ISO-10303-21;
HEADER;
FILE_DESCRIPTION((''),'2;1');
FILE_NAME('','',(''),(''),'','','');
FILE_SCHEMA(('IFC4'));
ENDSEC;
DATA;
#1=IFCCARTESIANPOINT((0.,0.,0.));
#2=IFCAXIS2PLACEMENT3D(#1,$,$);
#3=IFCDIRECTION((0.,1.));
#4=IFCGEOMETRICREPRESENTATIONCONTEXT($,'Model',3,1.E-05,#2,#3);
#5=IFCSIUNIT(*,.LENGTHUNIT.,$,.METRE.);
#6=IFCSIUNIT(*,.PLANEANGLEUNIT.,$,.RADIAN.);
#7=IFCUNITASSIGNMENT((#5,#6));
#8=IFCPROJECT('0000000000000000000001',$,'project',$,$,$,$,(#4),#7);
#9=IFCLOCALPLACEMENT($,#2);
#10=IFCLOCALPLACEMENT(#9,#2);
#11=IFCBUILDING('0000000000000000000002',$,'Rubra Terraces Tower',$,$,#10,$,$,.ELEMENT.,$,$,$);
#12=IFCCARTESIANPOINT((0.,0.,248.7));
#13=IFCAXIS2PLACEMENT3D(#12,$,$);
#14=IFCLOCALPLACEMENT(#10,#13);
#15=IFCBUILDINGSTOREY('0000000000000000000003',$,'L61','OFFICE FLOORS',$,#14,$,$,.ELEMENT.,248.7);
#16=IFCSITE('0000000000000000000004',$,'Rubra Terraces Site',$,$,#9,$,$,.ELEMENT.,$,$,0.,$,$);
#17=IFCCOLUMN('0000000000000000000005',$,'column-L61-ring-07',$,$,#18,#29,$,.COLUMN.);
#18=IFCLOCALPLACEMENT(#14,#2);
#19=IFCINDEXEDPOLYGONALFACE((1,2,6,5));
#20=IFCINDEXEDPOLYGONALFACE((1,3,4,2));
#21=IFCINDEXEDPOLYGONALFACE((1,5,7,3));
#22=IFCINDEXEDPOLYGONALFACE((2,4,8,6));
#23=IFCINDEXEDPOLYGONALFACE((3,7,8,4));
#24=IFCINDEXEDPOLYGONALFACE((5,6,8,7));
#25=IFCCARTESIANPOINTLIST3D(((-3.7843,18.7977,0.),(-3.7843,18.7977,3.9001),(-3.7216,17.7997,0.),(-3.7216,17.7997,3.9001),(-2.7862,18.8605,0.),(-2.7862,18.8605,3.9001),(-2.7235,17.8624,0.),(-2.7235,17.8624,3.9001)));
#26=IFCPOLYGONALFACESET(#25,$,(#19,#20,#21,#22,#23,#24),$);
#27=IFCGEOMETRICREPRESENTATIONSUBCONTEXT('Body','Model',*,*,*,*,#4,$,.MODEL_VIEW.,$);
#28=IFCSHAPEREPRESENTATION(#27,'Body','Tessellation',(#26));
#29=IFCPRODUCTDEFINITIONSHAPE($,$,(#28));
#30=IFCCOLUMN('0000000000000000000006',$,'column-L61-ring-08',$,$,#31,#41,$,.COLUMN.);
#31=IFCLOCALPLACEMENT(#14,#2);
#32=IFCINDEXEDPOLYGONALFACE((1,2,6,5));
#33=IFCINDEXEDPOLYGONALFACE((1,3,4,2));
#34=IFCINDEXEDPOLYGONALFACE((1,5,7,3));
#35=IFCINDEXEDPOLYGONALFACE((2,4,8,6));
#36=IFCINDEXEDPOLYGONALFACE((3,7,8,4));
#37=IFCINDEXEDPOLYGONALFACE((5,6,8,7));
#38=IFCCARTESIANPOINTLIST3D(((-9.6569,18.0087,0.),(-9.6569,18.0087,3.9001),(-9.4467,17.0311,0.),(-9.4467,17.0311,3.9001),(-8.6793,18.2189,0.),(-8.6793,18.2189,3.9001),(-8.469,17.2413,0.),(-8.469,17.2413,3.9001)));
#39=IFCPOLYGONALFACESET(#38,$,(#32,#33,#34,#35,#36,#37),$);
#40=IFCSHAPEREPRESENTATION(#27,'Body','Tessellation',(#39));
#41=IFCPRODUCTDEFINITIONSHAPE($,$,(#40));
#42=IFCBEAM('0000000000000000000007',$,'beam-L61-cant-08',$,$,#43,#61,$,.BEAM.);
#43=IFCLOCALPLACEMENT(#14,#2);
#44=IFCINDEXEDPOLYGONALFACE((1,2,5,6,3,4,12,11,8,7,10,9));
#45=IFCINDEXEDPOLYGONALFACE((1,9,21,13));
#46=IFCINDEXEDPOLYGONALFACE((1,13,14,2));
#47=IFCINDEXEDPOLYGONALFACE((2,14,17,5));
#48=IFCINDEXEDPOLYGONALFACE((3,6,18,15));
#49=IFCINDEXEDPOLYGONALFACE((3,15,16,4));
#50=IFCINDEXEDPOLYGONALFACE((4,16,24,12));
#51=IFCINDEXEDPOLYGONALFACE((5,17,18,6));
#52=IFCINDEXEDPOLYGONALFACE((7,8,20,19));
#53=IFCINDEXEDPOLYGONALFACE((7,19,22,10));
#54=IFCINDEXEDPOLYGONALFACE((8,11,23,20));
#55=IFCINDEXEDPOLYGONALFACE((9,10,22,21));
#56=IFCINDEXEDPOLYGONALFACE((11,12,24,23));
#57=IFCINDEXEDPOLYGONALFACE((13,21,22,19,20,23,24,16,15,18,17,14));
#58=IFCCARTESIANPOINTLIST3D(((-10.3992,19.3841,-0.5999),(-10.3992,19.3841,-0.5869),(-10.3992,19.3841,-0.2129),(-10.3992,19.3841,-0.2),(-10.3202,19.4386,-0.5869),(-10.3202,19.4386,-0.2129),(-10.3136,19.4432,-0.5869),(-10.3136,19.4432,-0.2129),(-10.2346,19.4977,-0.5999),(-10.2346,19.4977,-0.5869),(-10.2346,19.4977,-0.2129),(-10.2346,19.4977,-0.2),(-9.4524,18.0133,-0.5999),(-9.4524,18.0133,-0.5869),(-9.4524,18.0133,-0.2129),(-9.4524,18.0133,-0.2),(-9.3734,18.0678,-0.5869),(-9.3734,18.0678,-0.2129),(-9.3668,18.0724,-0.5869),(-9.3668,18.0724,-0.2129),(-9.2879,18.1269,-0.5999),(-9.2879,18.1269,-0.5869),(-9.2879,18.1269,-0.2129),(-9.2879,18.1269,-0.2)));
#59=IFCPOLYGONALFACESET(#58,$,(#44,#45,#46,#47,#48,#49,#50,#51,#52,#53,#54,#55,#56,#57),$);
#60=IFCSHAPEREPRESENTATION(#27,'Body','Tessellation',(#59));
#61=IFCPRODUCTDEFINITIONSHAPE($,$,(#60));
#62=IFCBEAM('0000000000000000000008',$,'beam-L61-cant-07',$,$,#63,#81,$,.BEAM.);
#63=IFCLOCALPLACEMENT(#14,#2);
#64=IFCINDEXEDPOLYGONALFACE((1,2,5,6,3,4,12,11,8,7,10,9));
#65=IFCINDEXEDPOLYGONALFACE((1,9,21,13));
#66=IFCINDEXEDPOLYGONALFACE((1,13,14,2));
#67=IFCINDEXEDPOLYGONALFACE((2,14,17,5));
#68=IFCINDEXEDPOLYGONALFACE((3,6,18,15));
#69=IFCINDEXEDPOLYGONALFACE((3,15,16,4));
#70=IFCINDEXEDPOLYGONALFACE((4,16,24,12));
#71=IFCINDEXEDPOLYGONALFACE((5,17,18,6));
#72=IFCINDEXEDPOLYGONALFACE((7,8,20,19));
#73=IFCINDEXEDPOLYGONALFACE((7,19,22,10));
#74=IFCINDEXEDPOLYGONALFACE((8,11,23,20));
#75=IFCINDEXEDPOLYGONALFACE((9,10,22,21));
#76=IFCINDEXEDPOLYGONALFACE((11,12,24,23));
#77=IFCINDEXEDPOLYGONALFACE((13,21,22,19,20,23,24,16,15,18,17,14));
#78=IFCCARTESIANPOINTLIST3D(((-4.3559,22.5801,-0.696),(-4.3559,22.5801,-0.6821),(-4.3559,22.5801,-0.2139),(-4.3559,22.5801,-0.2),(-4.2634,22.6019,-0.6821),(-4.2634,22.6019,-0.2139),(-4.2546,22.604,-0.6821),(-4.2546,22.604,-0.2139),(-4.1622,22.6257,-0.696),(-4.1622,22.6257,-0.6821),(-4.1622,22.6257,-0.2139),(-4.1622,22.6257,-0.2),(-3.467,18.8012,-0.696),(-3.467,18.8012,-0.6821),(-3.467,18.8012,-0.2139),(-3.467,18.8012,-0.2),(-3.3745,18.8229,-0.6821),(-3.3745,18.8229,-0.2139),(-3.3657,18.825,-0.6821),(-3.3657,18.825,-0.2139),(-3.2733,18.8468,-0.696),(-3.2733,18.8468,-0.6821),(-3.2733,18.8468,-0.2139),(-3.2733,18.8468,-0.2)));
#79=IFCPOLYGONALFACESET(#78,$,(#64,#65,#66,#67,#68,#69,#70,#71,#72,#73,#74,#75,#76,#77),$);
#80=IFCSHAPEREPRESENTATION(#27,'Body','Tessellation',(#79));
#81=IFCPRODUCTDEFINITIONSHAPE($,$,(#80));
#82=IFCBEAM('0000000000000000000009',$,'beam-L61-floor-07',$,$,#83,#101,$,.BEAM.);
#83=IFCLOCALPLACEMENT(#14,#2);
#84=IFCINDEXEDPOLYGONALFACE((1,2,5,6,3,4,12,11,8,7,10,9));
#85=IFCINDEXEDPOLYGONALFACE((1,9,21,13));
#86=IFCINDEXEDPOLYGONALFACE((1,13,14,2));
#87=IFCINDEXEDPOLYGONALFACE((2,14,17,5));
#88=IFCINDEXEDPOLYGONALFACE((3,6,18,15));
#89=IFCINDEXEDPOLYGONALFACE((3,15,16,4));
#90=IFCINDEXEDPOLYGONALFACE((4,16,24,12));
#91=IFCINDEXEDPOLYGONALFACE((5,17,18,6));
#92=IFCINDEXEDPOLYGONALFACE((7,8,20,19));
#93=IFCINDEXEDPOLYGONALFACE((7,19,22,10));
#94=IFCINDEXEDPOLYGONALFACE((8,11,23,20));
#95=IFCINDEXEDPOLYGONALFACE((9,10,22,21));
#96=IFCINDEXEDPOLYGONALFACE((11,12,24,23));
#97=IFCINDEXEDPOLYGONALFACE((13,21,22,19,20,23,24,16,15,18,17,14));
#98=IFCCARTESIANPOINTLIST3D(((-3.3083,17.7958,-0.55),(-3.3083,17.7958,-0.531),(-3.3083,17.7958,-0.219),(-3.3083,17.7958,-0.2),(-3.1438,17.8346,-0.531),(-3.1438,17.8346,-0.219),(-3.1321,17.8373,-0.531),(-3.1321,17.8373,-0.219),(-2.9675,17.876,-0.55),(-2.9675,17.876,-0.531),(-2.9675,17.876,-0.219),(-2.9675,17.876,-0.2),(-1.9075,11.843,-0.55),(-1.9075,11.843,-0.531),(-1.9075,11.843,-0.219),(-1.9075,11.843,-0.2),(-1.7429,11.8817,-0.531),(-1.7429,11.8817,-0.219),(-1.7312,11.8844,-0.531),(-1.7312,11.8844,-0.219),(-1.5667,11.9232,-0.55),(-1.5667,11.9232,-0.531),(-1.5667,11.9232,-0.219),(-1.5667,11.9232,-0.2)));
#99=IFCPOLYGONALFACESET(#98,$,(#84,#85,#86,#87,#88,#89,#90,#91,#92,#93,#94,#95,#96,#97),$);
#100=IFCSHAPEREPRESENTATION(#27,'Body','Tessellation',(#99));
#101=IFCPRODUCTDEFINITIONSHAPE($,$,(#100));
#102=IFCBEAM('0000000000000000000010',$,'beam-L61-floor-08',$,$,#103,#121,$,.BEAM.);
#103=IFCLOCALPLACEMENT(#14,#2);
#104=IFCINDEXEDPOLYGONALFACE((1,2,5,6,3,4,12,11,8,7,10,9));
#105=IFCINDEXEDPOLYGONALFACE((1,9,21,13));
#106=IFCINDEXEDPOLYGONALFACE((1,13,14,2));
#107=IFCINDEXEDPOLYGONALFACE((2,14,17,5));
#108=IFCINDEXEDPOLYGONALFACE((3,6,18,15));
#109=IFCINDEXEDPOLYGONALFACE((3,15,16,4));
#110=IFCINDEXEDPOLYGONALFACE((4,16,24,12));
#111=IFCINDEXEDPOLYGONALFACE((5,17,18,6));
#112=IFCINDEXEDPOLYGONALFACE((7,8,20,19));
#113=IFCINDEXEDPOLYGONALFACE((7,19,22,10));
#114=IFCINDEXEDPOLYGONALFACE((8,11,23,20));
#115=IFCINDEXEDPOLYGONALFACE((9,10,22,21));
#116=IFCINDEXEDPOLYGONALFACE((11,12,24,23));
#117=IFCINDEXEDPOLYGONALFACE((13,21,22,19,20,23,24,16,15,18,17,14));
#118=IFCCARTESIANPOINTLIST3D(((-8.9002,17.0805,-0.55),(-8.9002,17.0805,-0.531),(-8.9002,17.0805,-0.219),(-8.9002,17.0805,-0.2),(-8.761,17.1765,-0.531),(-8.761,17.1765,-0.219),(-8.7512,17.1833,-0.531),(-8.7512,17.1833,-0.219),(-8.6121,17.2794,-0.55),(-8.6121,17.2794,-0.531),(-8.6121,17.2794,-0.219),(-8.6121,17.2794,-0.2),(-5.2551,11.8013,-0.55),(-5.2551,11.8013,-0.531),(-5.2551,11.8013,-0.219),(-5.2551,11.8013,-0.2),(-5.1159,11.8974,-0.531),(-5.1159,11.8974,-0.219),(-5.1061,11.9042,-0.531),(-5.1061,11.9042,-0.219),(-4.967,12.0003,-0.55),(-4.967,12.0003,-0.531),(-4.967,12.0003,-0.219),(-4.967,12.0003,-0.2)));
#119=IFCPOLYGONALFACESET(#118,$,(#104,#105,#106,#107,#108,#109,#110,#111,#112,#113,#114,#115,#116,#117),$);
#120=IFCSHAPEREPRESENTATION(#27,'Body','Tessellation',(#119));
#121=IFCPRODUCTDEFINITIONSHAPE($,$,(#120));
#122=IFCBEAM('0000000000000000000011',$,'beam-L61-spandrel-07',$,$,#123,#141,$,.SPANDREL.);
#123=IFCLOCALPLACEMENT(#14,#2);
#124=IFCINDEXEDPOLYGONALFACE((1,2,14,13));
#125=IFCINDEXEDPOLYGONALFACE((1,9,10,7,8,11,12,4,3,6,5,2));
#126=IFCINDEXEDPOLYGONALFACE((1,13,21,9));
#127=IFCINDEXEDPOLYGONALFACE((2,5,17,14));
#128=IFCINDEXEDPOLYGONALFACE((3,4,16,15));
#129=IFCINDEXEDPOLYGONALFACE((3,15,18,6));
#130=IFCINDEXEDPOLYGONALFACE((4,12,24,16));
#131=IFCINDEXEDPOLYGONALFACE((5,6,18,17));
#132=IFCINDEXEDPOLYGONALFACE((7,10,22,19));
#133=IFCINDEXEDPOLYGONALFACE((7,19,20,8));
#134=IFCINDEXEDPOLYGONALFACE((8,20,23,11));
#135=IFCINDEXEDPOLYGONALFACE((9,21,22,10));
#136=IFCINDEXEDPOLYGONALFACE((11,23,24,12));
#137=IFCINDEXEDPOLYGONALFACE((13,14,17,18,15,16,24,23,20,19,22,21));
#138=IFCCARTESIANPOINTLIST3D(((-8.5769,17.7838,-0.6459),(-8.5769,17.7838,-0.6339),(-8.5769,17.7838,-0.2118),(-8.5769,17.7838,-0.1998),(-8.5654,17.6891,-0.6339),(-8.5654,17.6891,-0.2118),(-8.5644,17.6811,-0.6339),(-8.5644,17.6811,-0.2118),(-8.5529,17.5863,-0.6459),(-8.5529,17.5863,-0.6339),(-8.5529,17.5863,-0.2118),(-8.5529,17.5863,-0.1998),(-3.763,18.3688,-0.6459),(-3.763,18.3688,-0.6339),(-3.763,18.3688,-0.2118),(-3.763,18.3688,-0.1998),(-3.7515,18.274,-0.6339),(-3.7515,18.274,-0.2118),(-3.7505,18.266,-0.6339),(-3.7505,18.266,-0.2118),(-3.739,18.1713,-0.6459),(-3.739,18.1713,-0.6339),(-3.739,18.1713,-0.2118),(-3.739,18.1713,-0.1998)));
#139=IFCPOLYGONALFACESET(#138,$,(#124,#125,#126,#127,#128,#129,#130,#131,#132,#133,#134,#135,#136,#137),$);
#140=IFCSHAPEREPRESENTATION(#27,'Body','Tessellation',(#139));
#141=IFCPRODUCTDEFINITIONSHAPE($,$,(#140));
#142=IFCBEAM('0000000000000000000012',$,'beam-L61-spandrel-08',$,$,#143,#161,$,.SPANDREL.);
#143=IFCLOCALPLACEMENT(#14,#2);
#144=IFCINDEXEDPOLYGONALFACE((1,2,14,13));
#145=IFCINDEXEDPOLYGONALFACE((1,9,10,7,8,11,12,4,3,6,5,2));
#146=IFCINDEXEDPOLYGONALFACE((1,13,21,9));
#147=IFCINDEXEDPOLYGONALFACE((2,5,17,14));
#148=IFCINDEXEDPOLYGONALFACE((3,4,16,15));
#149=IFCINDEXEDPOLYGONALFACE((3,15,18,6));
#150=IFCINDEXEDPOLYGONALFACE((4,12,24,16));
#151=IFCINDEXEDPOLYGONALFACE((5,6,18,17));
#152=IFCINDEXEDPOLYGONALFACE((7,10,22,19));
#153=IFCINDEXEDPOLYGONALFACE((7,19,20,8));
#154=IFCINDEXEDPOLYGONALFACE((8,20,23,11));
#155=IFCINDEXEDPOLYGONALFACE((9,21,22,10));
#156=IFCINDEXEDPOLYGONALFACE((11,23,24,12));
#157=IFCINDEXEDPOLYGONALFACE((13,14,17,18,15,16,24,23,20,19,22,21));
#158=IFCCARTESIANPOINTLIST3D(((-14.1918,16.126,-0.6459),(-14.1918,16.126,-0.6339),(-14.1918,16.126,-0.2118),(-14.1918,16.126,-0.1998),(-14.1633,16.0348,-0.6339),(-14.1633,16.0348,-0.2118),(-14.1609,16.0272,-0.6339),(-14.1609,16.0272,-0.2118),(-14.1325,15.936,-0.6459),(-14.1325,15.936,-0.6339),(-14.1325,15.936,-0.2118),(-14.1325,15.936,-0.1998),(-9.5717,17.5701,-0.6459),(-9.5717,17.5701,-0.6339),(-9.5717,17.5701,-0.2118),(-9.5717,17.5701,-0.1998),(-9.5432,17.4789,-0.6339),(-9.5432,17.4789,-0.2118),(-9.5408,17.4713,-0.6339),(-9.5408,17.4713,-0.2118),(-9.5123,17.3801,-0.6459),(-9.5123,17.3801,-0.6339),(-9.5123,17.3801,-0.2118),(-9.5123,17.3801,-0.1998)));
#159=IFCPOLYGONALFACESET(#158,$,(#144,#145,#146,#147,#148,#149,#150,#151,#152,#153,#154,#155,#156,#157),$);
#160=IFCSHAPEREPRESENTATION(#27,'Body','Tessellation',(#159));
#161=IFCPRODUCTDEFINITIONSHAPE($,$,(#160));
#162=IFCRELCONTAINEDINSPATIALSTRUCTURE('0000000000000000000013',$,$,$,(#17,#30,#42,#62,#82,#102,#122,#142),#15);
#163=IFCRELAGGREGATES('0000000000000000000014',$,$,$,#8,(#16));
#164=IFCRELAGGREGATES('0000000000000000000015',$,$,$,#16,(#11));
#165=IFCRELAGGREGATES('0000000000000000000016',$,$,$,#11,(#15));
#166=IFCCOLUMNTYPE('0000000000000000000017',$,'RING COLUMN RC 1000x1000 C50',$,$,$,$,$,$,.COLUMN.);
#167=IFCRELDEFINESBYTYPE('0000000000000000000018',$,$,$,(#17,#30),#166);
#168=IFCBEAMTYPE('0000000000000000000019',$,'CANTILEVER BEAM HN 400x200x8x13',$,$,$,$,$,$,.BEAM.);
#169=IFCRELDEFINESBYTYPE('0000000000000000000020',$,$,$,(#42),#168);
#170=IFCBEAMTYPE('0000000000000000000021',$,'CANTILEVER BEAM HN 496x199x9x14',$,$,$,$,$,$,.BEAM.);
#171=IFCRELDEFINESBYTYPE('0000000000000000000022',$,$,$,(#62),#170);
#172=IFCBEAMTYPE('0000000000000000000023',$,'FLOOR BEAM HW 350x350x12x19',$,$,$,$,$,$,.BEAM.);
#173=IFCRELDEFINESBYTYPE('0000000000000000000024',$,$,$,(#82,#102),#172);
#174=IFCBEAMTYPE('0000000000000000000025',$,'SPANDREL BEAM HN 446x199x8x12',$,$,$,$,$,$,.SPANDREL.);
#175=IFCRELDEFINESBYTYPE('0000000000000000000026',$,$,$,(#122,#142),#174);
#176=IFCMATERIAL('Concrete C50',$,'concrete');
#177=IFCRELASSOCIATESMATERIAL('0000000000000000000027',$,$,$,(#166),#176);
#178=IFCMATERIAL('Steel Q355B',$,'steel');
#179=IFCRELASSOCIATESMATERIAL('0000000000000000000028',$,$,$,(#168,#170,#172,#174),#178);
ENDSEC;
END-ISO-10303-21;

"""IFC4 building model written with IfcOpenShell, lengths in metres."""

from ifc_helpers import new_model, si_unit, direction, frame, origin, origin_2d, place, context, subcontext, project, spatial, rectangle, i_section, extrude, material, material_profile, profile_set, type_object, element, save


model = new_model("IFC4")

# Units and contexts
model_context = context("Model", 3, precision=1e-05, world=origin(), true_north=direction((0.0, 1.0)))
body_context = subcontext(model_context, "Body", "Model", "MODEL_VIEW")
ifc_project = project(units=[si_unit("LENGTHUNIT", "METRE"), si_unit("PLANEANGLEUNIT", "RADIAN")], contexts=[model_context])

# Site, building, storey
site_placement = place(None, origin())
site = spatial("IfcSite", under=ifc_project, at=site_placement, Name="Rubra Terraces Site", CompositionType="ELEMENT", RefElevation=0.0)
building_placement = place(site_placement, origin())
building = spatial("IfcBuilding", under=site, at=building_placement, Name="Rubra Terraces Tower", CompositionType="ELEMENT")
storey_placement = place(building_placement, frame((0.0, 0.0, 248.7)))
storey = spatial("IfcBuildingStorey", under=building, at=storey_placement, Name="L61", Description="OFFICE FLOORS", CompositionType="ELEMENT", Elevation=248.7)

# Columns
ifc_material_1 = material(Name="Concrete C50", Category="concrete")
ifc_material_profile_1 = material_profile(ifc_material_1, rectangle(XDim=1.0, YDim=1.0, at=origin_2d()), Name="RC 1000x1000")
ifc_profile_set_1 = profile_set([ifc_material_profile_1], Name="Concrete C50")
column_type = type_object("IfcColumnType", Name="RING COLUMN RC 1000x1000 C50", PredefinedType="COLUMN", material=ifc_profile_set_1)
for number, where, z_axis, x_axis, name in (
    (1, (-3.2539, 18.3301, 0.0), (0.0, 0.0, 1.0), (-0.998032, -0.062714, 0.0), "column-L61-ring-07"),
    (2, (-9.063, 17.625, 0.0), (0.0, 0.0, 1.0), (-0.977653, -0.210227, 0.0), "column-L61-ring-08"),
):
    element("IfcColumn", number, at=place(storey_placement, frame(where, z_axis=z_axis, x_axis=x_axis)), inside=storey, type_object=column_type, Name=name, PredefinedType="COLUMN", context=body_context, shape_type="SweptSolid", body=[
        extrude(rectangle(XDim=1.0, YDim=1.0, at=origin_2d()), origin(), (0.0, 0.0, 1.0), 3.9001),
    ])

# Beams
ifc_material_2 = material(Name="Steel Q355B", Category="steel")
ifc_material_profile_2 = material_profile(ifc_material_2, i_section(OverallWidth=0.2, OverallDepth=0.3999, WebThickness=0.0081, FlangeThickness=0.0129, at=origin_2d()), Name="HN 400x200x8x13")
ifc_profile_set_2 = profile_set([ifc_material_profile_2], Name="Steel Q355B")
beam_type_1 = type_object("IfcBeamType", Name="CANTILEVER BEAM HN 400x200x8x13", PredefinedType="BEAM", material=ifc_profile_set_2)
beam_1_placement = place(storey_placement, frame((-9.3701, 18.0701, -0.3999), z_axis=(-0.568288, 0.82283, 0.0), x_axis=(-0.82283, -0.568288, 0.0)))
element("IfcBeam", 3, at=beam_1_placement, inside=storey, type_object=beam_type_1, Name="beam-L61-cant-08", PredefinedType="BEAM", context=body_context, shape_type="SweptSolid", body=[
    extrude(i_section(OverallWidth=0.2, OverallDepth=0.3999, WebThickness=0.0081, FlangeThickness=0.0129, at=origin_2d()), origin(), (0.0, 0.0, 1.0), 1.666),
])
ifc_material_profile_3 = material_profile(ifc_material_2, i_section(OverallWidth=0.199, OverallDepth=0.4961, WebThickness=0.009, FlangeThickness=0.0139, at=origin_2d()), Name="HN 496x199x9x14")
ifc_profile_set_3 = profile_set([ifc_material_profile_3], Name="Steel Q355B")
beam_type_2 = type_object("IfcBeamType", Name="CANTILEVER BEAM HN 496x199x9x14", PredefinedType="BEAM", material=ifc_profile_set_3)
beam_2_placement = place(storey_placement, frame((-3.3701, 18.824, -0.448), z_axis=(-0.228973, 0.973433, 0.0), x_axis=(-0.973433, -0.228973, 0.0)))
element("IfcBeam", 4, at=beam_2_placement, inside=storey, type_object=beam_type_2, Name="beam-L61-cant-07", PredefinedType="BEAM", context=body_context, shape_type="SweptSolid", body=[
    extrude(i_section(OverallWidth=0.199, OverallDepth=0.4961, WebThickness=0.009, FlangeThickness=0.0139, at=origin_2d()), origin(), (0.0, 0.0, 1.0), 3.8821),
])
ifc_material_profile_4 = material_profile(ifc_material_2, i_section(OverallWidth=0.3501, OverallDepth=0.3501, WebThickness=0.012, FlangeThickness=0.019, at=origin_2d()), Name="HW 350x350x12x19")
ifc_profile_set_4 = profile_set([ifc_material_profile_4], Name="Steel Q355B")
beam_type_3 = type_object("IfcBeamType", Name="FLOOR BEAM HW 350x350x12x19", PredefinedType="BEAM", material=ifc_profile_set_4)
beam_3_placement = place(storey_placement, frame((-3.1379, 17.8359, -0.375), z_axis=(0.22907, -0.97341, 0.0), x_axis=(0.97341, 0.22907, 0.0)))
element("IfcBeam", 5, at=beam_3_placement, inside=storey, type_object=beam_type_3, Name="beam-L61-floor-07", PredefinedType="BEAM", context=body_context, shape_type="SweptSolid", body=[
    extrude(i_section(OverallWidth=0.3501, OverallDepth=0.3501, WebThickness=0.012, FlangeThickness=0.019, at=origin_2d()), origin(), (0.0, 0.0, 1.0), 6.1155),
])
beam_4_placement = place(storey_placement, frame((-8.7561, 17.1799, -0.375), z_axis=(0.568186, -0.8229, 0.0), x_axis=(0.8229, 0.568186, 0.0)))
element("IfcBeam", 6, at=beam_4_placement, inside=storey, type_object=beam_type_3, Name="beam-L61-floor-08", PredefinedType="BEAM", context=body_context, shape_type="SweptSolid", body=[
    extrude(i_section(OverallWidth=0.3501, OverallDepth=0.3501, WebThickness=0.012, FlangeThickness=0.019, at=origin_2d()), origin(), (0.0, 0.0, 1.0), 6.4153),
])
ifc_material_profile_5 = material_profile(ifc_material_2, i_section(OverallWidth=0.199, OverallDepth=0.446, WebThickness=0.0081, FlangeThickness=0.012, at=origin_2d()), Name="HN 446x199x8x12")
ifc_profile_set_5 = profile_set([ifc_material_profile_5], Name="Steel Q355B")
beam_type_4 = type_object("IfcBeamType", Name="SPANDREL BEAM HN 446x199x8x12", PredefinedType="SPANDREL", material=ifc_profile_set_5)
beam_5_placement = place(storey_placement, frame((-3.751, 18.27, -0.4229), z_axis=(-0.992698, -0.120626, 0.0), x_axis=(0.120626, -0.992698, 0.0)))
element("IfcBeam", 7, at=beam_5_placement, inside=storey, type_object=beam_type_4, Name="beam-L61-spandrel-07", PredefinedType="SPANDREL", context=body_context, shape_type="SweptSolid", body=[
    extrude(i_section(OverallWidth=0.199, OverallDepth=0.446, WebThickness=0.0081, FlangeThickness=0.012, at=origin_2d()), origin(), (0.0, 0.0, 1.0), 4.8494),
])
beam_6_placement = place(storey_placement, frame((-9.542, 17.4751, -0.4229), z_axis=(-0.954462, -0.298332, 0.0), x_axis=(0.298332, -0.954462, 0.0)))
element("IfcBeam", 8, at=beam_6_placement, inside=storey, type_object=beam_type_4, Name="beam-L61-spandrel-08", PredefinedType="SPANDREL", context=body_context, shape_type="SweptSolid", body=[
    extrude(i_section(OverallWidth=0.199, OverallDepth=0.446, WebThickness=0.0081, FlangeThickness=0.012, at=origin_2d()), origin(), (0.0, 0.0, 1.0), 4.8406),
])

save(model, "model.ifc")
